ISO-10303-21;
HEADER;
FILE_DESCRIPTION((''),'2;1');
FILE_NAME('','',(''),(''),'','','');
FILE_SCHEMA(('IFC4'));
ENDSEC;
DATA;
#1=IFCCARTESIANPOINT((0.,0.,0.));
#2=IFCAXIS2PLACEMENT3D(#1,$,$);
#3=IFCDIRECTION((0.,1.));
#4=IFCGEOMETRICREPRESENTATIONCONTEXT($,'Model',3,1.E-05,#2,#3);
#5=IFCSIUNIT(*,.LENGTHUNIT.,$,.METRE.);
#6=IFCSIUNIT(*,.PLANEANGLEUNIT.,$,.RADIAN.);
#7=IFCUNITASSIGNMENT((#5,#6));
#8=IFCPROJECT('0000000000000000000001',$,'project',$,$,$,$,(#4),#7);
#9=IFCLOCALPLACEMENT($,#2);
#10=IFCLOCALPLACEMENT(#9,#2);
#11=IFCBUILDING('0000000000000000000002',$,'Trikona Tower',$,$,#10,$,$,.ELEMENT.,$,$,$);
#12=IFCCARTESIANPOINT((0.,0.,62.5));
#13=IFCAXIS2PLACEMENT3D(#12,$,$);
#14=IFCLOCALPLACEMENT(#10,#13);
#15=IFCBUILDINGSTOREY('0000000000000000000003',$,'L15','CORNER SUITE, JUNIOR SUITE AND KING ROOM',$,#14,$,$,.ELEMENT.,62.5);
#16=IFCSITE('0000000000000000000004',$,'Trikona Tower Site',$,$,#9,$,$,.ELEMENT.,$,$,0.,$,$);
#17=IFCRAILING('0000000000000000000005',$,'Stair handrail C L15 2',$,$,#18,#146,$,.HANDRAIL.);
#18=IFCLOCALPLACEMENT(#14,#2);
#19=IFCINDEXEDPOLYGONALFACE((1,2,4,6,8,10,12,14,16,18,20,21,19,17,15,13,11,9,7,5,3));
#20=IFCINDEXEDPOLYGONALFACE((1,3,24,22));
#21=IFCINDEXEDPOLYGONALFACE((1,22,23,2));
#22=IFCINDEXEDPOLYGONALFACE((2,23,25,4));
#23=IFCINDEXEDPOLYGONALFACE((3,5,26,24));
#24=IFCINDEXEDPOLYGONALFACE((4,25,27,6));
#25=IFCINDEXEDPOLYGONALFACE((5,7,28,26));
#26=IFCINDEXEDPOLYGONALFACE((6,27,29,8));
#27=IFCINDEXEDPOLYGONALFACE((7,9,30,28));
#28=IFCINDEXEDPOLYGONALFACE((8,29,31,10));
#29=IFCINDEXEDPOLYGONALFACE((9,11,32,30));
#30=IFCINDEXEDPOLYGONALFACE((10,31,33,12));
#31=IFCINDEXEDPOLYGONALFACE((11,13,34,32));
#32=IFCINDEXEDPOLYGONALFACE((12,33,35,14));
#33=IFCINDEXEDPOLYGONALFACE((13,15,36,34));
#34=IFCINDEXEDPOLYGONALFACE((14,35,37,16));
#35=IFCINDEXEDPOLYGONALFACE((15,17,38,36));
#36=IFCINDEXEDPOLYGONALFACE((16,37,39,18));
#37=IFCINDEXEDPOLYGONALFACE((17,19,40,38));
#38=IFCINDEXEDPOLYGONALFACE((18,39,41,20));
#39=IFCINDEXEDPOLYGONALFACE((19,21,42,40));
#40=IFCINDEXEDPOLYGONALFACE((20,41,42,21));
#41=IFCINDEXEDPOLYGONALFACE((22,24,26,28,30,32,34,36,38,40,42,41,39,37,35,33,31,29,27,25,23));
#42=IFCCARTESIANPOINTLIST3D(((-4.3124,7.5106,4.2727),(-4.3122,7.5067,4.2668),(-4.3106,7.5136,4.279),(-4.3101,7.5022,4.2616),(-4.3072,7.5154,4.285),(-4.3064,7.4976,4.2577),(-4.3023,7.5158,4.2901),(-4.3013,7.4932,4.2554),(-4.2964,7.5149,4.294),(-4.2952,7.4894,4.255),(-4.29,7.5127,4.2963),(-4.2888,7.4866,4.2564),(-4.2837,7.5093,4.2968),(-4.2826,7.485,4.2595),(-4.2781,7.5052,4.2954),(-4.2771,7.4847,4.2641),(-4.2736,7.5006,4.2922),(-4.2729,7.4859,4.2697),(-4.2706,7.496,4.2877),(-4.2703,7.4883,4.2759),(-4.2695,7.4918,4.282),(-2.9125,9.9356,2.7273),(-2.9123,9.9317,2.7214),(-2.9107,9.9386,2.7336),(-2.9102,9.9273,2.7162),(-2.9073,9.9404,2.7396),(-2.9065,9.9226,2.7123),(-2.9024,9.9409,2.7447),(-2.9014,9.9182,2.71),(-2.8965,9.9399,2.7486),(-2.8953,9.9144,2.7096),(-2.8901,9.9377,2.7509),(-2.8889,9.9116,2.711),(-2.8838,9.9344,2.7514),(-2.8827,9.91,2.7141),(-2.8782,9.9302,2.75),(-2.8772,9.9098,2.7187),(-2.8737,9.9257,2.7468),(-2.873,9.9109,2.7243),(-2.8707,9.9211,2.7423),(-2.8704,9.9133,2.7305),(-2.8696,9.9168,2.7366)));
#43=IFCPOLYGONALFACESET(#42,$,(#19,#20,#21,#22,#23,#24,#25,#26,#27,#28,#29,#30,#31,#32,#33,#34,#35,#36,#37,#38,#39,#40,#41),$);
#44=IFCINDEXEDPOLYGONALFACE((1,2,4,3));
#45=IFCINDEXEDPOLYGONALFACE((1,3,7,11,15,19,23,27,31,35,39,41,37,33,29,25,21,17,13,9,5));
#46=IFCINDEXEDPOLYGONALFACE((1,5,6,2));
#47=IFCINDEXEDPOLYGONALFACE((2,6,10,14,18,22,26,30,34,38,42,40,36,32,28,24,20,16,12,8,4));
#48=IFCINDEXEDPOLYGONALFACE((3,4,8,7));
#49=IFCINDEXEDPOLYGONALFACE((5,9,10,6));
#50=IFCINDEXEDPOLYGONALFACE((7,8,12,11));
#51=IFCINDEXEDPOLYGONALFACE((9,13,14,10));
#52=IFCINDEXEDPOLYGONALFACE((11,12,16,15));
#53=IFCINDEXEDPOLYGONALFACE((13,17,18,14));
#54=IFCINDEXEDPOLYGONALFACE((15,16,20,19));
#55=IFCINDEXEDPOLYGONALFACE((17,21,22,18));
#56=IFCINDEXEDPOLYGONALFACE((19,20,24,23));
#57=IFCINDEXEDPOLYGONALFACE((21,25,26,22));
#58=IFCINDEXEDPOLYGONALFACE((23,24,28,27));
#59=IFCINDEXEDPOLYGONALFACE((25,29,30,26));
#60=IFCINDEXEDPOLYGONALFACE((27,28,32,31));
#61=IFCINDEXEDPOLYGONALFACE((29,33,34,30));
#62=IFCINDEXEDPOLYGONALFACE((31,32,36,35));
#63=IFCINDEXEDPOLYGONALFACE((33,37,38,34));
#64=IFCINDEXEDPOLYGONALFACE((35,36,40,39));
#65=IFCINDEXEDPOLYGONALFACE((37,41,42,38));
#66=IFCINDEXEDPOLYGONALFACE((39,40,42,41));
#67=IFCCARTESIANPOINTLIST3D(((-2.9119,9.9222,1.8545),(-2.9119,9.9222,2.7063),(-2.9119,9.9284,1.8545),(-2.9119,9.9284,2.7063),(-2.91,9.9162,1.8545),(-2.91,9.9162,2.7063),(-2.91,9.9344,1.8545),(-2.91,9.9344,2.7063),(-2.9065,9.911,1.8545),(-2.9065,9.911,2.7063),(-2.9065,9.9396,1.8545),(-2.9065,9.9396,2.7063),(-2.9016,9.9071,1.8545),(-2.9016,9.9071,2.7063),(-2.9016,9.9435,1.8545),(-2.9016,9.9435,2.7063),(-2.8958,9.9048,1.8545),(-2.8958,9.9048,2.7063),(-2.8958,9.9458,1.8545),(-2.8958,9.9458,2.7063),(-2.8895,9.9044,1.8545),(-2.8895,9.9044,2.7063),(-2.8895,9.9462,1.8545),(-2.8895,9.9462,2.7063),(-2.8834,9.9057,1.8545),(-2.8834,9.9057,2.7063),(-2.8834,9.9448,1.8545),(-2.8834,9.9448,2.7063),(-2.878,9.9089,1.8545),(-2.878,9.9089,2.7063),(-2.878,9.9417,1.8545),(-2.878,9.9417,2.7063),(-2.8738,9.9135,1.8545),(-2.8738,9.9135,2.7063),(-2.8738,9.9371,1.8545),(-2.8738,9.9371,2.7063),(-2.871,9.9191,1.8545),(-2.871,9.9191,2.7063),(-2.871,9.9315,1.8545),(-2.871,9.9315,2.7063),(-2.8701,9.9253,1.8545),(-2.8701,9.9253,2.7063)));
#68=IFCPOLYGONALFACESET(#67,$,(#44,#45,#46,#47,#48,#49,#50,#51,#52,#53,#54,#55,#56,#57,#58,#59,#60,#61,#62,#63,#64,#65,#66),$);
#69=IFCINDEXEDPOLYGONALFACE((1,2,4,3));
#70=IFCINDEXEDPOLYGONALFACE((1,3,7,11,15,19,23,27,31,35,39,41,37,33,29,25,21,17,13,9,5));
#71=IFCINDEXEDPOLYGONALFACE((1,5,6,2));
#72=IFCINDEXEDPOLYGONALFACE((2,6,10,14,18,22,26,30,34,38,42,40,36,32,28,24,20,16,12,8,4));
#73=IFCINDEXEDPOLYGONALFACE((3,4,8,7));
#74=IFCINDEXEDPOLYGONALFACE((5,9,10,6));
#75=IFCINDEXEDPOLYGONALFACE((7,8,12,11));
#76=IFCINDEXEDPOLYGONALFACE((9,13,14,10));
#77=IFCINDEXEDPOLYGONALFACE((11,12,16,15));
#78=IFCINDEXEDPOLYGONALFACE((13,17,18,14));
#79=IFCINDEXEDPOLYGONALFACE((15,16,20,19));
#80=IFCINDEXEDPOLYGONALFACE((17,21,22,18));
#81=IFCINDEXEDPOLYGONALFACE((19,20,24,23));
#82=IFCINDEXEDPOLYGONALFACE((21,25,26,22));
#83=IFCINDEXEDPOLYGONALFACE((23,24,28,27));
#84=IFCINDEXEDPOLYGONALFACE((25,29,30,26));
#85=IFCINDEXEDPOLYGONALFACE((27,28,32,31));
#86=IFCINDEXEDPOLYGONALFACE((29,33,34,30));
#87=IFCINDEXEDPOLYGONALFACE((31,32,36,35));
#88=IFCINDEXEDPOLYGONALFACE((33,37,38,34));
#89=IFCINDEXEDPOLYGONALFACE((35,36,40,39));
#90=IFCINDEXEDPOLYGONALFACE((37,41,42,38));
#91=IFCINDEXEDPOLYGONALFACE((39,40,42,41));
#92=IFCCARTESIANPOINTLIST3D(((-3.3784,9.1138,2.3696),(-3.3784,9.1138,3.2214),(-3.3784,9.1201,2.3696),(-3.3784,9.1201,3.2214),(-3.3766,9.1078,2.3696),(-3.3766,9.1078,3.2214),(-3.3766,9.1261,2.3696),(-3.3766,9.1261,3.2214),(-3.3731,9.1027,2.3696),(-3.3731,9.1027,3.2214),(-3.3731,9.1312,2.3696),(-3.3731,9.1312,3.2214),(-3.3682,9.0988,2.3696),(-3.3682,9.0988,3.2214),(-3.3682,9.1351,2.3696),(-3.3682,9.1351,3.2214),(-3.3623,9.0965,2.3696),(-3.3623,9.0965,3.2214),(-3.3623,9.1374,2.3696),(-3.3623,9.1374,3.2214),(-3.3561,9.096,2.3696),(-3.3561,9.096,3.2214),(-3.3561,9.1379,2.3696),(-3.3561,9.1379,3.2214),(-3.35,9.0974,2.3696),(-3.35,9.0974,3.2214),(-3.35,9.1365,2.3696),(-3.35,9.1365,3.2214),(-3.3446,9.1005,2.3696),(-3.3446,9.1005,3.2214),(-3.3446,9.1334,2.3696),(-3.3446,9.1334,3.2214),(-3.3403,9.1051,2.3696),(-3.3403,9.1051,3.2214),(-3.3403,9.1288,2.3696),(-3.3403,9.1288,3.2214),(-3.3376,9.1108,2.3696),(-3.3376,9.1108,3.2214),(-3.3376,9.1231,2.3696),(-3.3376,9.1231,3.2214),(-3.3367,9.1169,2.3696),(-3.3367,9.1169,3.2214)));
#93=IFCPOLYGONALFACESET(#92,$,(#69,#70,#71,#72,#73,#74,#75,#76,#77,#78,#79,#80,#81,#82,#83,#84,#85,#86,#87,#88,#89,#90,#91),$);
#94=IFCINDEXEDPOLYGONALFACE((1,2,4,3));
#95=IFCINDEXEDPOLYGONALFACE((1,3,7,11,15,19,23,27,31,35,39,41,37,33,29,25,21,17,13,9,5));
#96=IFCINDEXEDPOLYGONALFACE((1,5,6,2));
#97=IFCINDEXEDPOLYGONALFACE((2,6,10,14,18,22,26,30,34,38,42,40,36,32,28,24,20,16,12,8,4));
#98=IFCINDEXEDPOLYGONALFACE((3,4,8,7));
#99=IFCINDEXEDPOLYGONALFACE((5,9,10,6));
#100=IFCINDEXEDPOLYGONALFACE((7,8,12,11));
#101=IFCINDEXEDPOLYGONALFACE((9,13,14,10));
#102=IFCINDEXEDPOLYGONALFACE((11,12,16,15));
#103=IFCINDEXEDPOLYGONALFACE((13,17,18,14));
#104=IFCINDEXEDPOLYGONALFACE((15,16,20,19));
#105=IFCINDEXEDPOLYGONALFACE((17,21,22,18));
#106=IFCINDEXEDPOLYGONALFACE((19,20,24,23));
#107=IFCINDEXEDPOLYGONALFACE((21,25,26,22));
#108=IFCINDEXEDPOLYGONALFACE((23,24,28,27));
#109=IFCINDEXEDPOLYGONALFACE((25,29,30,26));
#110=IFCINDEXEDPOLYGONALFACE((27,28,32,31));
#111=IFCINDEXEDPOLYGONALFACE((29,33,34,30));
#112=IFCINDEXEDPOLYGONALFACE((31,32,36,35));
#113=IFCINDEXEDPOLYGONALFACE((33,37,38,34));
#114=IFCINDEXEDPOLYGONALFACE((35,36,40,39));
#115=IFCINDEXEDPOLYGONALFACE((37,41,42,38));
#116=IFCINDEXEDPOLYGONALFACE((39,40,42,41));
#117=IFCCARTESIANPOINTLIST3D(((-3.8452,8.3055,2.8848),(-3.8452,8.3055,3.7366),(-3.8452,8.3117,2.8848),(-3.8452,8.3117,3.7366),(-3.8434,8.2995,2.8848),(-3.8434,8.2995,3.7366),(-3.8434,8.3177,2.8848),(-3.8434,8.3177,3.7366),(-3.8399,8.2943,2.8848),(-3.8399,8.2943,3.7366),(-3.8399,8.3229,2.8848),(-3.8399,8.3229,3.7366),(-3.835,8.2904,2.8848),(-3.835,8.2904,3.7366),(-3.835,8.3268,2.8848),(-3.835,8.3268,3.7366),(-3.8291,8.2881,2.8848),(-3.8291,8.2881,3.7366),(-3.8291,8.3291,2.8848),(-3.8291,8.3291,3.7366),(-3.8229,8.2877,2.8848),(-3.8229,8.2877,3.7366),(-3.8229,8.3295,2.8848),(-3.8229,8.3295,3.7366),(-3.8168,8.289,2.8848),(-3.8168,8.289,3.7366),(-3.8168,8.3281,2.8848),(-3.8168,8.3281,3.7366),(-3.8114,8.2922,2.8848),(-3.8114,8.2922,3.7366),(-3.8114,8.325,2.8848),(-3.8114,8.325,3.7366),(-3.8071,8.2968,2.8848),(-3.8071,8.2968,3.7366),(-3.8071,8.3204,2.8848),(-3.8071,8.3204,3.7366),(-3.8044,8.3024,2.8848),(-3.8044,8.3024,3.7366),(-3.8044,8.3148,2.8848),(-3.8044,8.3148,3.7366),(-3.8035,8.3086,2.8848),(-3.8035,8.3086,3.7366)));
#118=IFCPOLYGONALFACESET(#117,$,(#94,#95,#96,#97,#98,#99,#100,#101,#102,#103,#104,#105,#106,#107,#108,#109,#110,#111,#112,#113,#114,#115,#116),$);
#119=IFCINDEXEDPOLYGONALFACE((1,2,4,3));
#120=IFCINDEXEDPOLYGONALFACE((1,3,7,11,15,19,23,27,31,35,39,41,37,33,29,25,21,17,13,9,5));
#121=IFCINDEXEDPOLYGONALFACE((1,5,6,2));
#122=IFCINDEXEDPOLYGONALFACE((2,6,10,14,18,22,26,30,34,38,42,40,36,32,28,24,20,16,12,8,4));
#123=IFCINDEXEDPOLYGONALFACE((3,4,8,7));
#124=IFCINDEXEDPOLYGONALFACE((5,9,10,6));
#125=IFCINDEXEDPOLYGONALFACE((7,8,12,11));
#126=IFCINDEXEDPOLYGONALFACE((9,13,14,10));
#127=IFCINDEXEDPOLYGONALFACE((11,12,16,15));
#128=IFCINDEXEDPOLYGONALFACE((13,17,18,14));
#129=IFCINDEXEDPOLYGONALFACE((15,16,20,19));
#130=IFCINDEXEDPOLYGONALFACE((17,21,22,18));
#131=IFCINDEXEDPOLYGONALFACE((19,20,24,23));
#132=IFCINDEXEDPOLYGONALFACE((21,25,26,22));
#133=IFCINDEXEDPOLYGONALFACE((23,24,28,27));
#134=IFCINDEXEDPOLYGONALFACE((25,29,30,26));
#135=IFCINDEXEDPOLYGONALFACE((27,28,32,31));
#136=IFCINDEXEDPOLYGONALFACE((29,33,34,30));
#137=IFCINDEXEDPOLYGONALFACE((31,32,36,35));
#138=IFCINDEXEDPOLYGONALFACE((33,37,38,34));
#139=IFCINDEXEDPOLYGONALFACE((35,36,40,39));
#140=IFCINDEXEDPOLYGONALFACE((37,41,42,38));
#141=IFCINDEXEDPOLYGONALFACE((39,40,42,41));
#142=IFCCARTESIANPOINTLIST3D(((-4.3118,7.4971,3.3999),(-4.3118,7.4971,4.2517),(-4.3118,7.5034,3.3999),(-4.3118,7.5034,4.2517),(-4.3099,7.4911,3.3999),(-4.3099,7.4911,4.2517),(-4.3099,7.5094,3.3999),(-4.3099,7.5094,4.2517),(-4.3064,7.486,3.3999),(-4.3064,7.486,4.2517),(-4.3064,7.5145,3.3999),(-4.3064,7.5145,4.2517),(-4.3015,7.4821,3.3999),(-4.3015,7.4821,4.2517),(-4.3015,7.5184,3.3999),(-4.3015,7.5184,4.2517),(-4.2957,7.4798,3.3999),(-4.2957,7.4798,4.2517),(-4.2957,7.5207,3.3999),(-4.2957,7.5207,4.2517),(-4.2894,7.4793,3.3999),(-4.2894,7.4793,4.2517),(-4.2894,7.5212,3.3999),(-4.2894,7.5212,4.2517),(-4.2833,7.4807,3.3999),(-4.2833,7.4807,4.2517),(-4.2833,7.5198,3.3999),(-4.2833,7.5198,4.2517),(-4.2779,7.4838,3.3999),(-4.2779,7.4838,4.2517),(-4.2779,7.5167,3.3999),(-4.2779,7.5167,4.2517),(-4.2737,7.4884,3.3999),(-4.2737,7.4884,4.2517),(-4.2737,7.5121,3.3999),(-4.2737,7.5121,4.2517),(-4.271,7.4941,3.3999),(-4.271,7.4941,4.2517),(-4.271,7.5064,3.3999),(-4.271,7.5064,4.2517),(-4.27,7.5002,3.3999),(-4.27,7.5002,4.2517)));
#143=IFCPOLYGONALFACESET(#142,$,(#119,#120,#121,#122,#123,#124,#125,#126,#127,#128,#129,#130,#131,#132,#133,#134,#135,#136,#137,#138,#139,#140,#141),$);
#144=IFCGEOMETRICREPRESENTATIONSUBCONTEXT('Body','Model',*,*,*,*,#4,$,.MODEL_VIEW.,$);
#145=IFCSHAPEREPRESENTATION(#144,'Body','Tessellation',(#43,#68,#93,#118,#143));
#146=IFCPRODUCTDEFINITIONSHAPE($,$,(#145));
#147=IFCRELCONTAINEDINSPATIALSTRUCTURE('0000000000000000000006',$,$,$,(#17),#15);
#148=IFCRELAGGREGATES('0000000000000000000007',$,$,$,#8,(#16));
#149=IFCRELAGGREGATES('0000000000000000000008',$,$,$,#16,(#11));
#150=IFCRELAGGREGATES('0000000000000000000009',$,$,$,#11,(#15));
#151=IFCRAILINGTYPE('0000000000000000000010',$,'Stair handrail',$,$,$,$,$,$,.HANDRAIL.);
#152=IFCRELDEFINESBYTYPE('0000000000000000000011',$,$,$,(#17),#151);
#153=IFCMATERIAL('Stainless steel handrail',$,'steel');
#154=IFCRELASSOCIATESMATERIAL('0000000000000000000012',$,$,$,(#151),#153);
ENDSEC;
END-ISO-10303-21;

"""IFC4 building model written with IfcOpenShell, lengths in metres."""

from ifc_helpers import new_model, si_unit, direction, frame, origin, origin_2d, place, context, subcontext, project, spatial, circle, extrude, material, type_object, element, save


model = new_model("IFC4")

# Units and contexts
model_context = context("Model", 3, precision=1e-05, world=origin(), true_north=direction((0.0, 1.0)))
body_context = subcontext(model_context, "Body", "Model", "MODEL_VIEW")
ifc_project = project(units=[si_unit("LENGTHUNIT", "METRE"), si_unit("PLANEANGLEUNIT", "RADIAN")], contexts=[model_context])

# Site, building, storey
site_placement = place(None, origin())
site = spatial("IfcSite", under=ifc_project, at=site_placement, Name="Trikona Tower Site", CompositionType="ELEMENT", RefElevation=0.0)
building_placement = place(site_placement, origin())
building = spatial("IfcBuilding", under=site, at=building_placement, Name="Trikona Tower", CompositionType="ELEMENT")
storey_placement = place(building_placement, frame((0.0, 0.0, 62.5)))
storey = spatial("IfcBuildingStorey", under=building, at=storey_placement, Name="L15", Description="CORNER SUITE, JUNIOR SUITE AND KING ROOM", CompositionType="ELEMENT", Elevation=62.5)

# Railing
ifc_material_1 = material(Name="Stainless steel handrail", Category="steel")
railing_type = type_object("IfcRailingType", Name="Stair handrail", PredefinedType="HANDRAIL", material=ifc_material_1)
railing_1_placement = place(storey_placement, frame((-2.8911, 9.9253, 1.8545)))
element("IfcRailing", 1, at=railing_1_placement, inside=storey, type_object=railing_type, Name="Stair handrail C L15 2", PredefinedType="HANDRAIL", context=body_context, shape_type="SweptSolid", body=[
    extrude(circle(Radius=0.0239, at=origin_2d()), frame((0.0, 0.0, 0.876), z_axis=(-0.437707, -0.75824, 0.483203), x_axis=(0.866056, -0.499946, 0.0)), (0.0, 0.0, 1.0), 3.1982),
    extrude(circle(Radius=0.021, at=origin_2d()), origin(), (0.0, 0.0, 1.0), 0.8518),
    extrude(circle(Radius=0.021, at=origin_2d()), frame((-0.4666, -0.8083, 0.5151)), (0.0, 0.0, 1.0), 0.8518),
    extrude(circle(Radius=0.021, at=origin_2d()), frame((-0.9333, -1.6167, 1.0303)), (0.0, 0.0, 1.0), 0.8518),
    extrude(circle(Radius=0.021, at=origin_2d()), frame((-1.3999, -2.425, 1.5454)), (0.0, 0.0, 1.0), 0.8518),
])

save(model, "model.ifc")
